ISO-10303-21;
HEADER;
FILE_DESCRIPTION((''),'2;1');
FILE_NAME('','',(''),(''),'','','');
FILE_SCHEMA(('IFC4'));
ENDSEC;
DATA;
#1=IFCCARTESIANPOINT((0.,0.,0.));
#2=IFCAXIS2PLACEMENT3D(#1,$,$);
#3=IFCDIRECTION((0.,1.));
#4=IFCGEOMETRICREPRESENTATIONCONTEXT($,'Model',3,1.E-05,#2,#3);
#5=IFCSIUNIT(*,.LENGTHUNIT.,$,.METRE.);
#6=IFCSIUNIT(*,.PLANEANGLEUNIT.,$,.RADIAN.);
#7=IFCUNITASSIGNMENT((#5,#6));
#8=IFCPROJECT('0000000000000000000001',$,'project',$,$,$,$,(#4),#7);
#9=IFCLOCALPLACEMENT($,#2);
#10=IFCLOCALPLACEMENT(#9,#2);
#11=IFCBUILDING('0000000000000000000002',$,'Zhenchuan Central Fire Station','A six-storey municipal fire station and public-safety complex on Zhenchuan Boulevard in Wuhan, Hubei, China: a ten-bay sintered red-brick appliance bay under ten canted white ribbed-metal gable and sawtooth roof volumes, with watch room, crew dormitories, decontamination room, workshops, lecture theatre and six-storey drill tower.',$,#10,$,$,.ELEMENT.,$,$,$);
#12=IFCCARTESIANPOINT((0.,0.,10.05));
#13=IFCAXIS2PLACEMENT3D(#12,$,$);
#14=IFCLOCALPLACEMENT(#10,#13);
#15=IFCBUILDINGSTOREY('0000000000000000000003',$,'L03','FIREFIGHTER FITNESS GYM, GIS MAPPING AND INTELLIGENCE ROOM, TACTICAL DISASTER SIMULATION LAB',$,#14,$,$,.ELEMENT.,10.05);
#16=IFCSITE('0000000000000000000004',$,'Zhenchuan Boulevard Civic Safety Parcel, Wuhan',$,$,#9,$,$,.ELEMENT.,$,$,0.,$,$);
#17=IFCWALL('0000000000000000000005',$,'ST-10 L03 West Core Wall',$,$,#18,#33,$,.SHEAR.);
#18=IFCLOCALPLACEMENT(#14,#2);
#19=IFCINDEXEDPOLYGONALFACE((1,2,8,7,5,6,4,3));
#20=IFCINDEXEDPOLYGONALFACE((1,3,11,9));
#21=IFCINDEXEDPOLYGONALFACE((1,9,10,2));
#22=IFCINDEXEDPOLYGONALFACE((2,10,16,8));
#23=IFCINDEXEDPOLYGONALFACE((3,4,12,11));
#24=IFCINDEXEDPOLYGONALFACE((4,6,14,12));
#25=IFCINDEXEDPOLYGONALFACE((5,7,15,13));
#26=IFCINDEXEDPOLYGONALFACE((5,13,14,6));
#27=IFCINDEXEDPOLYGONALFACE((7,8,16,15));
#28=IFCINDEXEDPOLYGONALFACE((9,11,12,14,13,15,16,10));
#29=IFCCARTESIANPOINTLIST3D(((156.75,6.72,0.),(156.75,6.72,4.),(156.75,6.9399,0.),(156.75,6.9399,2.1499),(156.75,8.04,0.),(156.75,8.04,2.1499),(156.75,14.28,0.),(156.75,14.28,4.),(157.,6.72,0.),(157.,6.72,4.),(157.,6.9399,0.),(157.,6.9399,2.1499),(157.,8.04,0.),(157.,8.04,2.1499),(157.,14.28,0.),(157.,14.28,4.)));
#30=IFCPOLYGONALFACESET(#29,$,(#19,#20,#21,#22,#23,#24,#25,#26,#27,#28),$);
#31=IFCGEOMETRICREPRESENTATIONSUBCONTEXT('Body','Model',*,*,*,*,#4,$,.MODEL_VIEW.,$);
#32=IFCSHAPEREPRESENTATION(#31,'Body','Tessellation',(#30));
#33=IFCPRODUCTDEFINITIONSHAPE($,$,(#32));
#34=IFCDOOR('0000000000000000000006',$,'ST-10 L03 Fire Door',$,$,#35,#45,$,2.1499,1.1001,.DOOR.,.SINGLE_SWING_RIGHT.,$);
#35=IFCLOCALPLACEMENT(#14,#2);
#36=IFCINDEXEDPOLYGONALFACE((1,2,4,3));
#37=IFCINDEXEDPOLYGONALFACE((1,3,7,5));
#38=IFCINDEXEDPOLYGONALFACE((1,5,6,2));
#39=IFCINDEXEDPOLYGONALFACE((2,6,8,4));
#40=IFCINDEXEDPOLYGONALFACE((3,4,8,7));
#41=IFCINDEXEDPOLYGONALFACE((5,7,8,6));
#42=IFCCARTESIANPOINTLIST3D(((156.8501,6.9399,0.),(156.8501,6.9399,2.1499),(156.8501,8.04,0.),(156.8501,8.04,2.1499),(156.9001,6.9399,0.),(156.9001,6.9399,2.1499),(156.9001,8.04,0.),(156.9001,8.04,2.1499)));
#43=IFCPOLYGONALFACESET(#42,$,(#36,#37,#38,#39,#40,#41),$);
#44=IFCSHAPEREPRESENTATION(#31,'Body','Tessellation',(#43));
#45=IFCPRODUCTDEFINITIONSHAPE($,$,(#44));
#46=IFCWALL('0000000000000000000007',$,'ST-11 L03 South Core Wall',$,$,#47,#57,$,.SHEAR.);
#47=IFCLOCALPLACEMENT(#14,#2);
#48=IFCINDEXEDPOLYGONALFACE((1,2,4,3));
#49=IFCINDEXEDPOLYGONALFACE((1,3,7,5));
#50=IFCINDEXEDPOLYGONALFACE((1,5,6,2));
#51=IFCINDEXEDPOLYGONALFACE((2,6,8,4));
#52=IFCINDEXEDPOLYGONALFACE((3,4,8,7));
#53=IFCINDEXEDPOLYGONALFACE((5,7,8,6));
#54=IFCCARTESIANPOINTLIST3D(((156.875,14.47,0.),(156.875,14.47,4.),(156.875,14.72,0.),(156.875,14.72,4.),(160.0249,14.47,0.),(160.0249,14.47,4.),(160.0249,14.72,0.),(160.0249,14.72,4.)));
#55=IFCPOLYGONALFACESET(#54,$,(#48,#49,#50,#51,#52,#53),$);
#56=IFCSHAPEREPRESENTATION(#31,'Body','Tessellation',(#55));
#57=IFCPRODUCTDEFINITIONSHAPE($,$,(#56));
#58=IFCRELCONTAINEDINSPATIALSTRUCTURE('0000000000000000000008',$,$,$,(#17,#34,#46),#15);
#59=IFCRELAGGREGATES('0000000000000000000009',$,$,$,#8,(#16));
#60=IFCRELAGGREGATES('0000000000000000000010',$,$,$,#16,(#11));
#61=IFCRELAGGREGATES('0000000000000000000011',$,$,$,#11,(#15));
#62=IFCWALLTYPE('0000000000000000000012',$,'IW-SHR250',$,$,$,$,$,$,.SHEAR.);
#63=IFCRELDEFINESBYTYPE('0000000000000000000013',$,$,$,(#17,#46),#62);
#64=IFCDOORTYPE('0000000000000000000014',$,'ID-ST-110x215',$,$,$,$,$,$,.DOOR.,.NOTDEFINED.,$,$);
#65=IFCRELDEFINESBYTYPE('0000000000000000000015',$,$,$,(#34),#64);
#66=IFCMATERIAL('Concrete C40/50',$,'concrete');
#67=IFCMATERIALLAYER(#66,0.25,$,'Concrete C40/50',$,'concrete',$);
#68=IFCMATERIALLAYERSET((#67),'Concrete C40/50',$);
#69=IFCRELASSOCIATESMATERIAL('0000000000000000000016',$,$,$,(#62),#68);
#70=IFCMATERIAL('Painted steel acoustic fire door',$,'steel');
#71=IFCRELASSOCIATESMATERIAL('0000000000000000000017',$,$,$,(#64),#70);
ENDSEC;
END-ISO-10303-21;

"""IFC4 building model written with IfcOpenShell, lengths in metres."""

from ifc_helpers import new_model, si_unit, direction, frame, frame_2d, origin, place, context, subcontext, project, spatial, rectangle, extrude, material, layer, layer_set, type_object, element, fill, save


model = new_model("IFC4")

# Units and contexts
model_context = context("Model", 3, precision=1e-05, world=origin(), true_north=direction((0.0, 1.0)))
body_context = subcontext(model_context, "Body", "Model", "MODEL_VIEW")
ifc_project = project(units=[si_unit("LENGTHUNIT", "METRE"), si_unit("PLANEANGLEUNIT", "RADIAN")], contexts=[model_context])

# Site, building, storey
site_placement = place(None, origin())
site = spatial("IfcSite", under=ifc_project, at=site_placement, Name="Zhenchuan Boulevard Civic Safety Parcel, Wuhan", CompositionType="ELEMENT", RefElevation=0.0)
building_placement = place(site_placement, origin())
building = spatial("IfcBuilding", under=site, at=building_placement, Name="Zhenchuan Central Fire Station", Description="A six-storey municipal fire station and public-safety complex on Zhenchuan Boulevard in Wuhan, Hubei, China: a ten-bay sintered red-brick appliance bay under ten canted white ribbed-metal gable and sawtooth roof volumes, with watch room, crew dormitories, decontamination room, workshops, lecture theatre and six-storey drill tower.", CompositionType="ELEMENT")
storey_placement = place(building_placement, frame((0.0, 0.0, 10.05)))
storey = spatial("IfcBuildingStorey", under=building, at=storey_placement, Name="L03", Description="FIREFIGHTER FITNESS GYM, GIS MAPPING AND INTELLIGENCE ROOM, TACTICAL DISASTER SIMULATION LAB", CompositionType="ELEMENT", Elevation=10.05)

# Shared definitions
ifc_material_1 = material(Name="Concrete C40/50", Category="concrete")
ifc_layer_1 = layer(ifc_material_1, 0.25, Name="Concrete C40/50", Category="concrete")
ifc_layer_set_1 = layer_set([ifc_layer_1], Name="Concrete C40/50")
wall_type_1 = type_object("IfcWallType", Name="IW-SHR250", PredefinedType="SHEAR", material=ifc_layer_set_1)

# Wall, opening, door
wall_1_placement = place(storey_placement, frame((156.875, 6.72, 0.0), z_axis=(0.0, 0.0, 1.0), x_axis=(0.0, 1.0, 0.0)))
wall_1 = element("IfcWall", 1, at=wall_1_placement, inside=storey, type_object=wall_type_1, Name="ST-10 L03 West Core Wall", PredefinedType="SHEAR", context=body_context, shape_type="SweptSolid", body=[
    extrude(rectangle(XDim=7.5601, YDim=0.25, at=frame_2d((3.78, 0.0))), origin(), (0.0, 0.0, 1.0), 4.0),
])
opening_1_placement = place(wall_1_placement, frame((0.22, 0.0, 0.0)))
opening_1 = element("IfcOpeningElement", 2, at=opening_1_placement, cuts=wall_1, PredefinedType="OPENING", context=body_context, shape_type="SweptSolid", body=[
    extrude(rectangle(XDim=1.1001, YDim=2.1499, at=frame_2d((0.55, 1.075))), frame((0.0, 0.135, 0.0), z_axis=(0.0, -1.0, 0.0), x_axis=(1.0, 0.0, 0.0)), (0.0, 0.0, 1.0), 0.27),
])
ifc_material_2 = material(Name="Painted steel acoustic fire door", Category="steel")
door_type_1 = type_object("IfcDoorType", Name="ID-ST-110x215", OperationType="NOTDEFINED", PredefinedType="DOOR", material=ifc_material_2)
door_1_placement = place(opening_1_placement, origin())
door_1 = element("IfcDoor", 3, at=door_1_placement, inside=storey, type_object=door_type_1, Name="ST-10 L03 Fire Door", OperationType="SINGLE_SWING_RIGHT", OverallHeight=2.1499, OverallWidth=1.1001, PredefinedType="DOOR", context=body_context, shape_type="SweptSolid", body=[
    extrude(rectangle(XDim=1.1001, YDim=2.1499, at=frame_2d((0.55, 1.075))), frame((0.0, 0.0249, 0.0), z_axis=(0.0, -1.0, 0.0), x_axis=(1.0, 0.0, 0.0)), (0.0, 0.0, 1.0), 0.05),
])
fill(opening_1, door_1)

# Wall
wall_2_placement = place(storey_placement, frame((156.875, 14.595, 0.0), z_axis=(0.0, 0.0, 1.0), x_axis=(1.0, 0.0, 0.0)))
element("IfcWall", 4, at=wall_2_placement, inside=storey, type_object=wall_type_1, Name="ST-11 L03 South Core Wall", PredefinedType="SHEAR", context=body_context, shape_type="SweptSolid", body=[
    extrude(rectangle(XDim=3.1499, YDim=0.25, at=frame_2d((1.575, 0.0))), origin(), (0.0, 0.0, 1.0), 4.0),
])

save(model, "model.ifc")
